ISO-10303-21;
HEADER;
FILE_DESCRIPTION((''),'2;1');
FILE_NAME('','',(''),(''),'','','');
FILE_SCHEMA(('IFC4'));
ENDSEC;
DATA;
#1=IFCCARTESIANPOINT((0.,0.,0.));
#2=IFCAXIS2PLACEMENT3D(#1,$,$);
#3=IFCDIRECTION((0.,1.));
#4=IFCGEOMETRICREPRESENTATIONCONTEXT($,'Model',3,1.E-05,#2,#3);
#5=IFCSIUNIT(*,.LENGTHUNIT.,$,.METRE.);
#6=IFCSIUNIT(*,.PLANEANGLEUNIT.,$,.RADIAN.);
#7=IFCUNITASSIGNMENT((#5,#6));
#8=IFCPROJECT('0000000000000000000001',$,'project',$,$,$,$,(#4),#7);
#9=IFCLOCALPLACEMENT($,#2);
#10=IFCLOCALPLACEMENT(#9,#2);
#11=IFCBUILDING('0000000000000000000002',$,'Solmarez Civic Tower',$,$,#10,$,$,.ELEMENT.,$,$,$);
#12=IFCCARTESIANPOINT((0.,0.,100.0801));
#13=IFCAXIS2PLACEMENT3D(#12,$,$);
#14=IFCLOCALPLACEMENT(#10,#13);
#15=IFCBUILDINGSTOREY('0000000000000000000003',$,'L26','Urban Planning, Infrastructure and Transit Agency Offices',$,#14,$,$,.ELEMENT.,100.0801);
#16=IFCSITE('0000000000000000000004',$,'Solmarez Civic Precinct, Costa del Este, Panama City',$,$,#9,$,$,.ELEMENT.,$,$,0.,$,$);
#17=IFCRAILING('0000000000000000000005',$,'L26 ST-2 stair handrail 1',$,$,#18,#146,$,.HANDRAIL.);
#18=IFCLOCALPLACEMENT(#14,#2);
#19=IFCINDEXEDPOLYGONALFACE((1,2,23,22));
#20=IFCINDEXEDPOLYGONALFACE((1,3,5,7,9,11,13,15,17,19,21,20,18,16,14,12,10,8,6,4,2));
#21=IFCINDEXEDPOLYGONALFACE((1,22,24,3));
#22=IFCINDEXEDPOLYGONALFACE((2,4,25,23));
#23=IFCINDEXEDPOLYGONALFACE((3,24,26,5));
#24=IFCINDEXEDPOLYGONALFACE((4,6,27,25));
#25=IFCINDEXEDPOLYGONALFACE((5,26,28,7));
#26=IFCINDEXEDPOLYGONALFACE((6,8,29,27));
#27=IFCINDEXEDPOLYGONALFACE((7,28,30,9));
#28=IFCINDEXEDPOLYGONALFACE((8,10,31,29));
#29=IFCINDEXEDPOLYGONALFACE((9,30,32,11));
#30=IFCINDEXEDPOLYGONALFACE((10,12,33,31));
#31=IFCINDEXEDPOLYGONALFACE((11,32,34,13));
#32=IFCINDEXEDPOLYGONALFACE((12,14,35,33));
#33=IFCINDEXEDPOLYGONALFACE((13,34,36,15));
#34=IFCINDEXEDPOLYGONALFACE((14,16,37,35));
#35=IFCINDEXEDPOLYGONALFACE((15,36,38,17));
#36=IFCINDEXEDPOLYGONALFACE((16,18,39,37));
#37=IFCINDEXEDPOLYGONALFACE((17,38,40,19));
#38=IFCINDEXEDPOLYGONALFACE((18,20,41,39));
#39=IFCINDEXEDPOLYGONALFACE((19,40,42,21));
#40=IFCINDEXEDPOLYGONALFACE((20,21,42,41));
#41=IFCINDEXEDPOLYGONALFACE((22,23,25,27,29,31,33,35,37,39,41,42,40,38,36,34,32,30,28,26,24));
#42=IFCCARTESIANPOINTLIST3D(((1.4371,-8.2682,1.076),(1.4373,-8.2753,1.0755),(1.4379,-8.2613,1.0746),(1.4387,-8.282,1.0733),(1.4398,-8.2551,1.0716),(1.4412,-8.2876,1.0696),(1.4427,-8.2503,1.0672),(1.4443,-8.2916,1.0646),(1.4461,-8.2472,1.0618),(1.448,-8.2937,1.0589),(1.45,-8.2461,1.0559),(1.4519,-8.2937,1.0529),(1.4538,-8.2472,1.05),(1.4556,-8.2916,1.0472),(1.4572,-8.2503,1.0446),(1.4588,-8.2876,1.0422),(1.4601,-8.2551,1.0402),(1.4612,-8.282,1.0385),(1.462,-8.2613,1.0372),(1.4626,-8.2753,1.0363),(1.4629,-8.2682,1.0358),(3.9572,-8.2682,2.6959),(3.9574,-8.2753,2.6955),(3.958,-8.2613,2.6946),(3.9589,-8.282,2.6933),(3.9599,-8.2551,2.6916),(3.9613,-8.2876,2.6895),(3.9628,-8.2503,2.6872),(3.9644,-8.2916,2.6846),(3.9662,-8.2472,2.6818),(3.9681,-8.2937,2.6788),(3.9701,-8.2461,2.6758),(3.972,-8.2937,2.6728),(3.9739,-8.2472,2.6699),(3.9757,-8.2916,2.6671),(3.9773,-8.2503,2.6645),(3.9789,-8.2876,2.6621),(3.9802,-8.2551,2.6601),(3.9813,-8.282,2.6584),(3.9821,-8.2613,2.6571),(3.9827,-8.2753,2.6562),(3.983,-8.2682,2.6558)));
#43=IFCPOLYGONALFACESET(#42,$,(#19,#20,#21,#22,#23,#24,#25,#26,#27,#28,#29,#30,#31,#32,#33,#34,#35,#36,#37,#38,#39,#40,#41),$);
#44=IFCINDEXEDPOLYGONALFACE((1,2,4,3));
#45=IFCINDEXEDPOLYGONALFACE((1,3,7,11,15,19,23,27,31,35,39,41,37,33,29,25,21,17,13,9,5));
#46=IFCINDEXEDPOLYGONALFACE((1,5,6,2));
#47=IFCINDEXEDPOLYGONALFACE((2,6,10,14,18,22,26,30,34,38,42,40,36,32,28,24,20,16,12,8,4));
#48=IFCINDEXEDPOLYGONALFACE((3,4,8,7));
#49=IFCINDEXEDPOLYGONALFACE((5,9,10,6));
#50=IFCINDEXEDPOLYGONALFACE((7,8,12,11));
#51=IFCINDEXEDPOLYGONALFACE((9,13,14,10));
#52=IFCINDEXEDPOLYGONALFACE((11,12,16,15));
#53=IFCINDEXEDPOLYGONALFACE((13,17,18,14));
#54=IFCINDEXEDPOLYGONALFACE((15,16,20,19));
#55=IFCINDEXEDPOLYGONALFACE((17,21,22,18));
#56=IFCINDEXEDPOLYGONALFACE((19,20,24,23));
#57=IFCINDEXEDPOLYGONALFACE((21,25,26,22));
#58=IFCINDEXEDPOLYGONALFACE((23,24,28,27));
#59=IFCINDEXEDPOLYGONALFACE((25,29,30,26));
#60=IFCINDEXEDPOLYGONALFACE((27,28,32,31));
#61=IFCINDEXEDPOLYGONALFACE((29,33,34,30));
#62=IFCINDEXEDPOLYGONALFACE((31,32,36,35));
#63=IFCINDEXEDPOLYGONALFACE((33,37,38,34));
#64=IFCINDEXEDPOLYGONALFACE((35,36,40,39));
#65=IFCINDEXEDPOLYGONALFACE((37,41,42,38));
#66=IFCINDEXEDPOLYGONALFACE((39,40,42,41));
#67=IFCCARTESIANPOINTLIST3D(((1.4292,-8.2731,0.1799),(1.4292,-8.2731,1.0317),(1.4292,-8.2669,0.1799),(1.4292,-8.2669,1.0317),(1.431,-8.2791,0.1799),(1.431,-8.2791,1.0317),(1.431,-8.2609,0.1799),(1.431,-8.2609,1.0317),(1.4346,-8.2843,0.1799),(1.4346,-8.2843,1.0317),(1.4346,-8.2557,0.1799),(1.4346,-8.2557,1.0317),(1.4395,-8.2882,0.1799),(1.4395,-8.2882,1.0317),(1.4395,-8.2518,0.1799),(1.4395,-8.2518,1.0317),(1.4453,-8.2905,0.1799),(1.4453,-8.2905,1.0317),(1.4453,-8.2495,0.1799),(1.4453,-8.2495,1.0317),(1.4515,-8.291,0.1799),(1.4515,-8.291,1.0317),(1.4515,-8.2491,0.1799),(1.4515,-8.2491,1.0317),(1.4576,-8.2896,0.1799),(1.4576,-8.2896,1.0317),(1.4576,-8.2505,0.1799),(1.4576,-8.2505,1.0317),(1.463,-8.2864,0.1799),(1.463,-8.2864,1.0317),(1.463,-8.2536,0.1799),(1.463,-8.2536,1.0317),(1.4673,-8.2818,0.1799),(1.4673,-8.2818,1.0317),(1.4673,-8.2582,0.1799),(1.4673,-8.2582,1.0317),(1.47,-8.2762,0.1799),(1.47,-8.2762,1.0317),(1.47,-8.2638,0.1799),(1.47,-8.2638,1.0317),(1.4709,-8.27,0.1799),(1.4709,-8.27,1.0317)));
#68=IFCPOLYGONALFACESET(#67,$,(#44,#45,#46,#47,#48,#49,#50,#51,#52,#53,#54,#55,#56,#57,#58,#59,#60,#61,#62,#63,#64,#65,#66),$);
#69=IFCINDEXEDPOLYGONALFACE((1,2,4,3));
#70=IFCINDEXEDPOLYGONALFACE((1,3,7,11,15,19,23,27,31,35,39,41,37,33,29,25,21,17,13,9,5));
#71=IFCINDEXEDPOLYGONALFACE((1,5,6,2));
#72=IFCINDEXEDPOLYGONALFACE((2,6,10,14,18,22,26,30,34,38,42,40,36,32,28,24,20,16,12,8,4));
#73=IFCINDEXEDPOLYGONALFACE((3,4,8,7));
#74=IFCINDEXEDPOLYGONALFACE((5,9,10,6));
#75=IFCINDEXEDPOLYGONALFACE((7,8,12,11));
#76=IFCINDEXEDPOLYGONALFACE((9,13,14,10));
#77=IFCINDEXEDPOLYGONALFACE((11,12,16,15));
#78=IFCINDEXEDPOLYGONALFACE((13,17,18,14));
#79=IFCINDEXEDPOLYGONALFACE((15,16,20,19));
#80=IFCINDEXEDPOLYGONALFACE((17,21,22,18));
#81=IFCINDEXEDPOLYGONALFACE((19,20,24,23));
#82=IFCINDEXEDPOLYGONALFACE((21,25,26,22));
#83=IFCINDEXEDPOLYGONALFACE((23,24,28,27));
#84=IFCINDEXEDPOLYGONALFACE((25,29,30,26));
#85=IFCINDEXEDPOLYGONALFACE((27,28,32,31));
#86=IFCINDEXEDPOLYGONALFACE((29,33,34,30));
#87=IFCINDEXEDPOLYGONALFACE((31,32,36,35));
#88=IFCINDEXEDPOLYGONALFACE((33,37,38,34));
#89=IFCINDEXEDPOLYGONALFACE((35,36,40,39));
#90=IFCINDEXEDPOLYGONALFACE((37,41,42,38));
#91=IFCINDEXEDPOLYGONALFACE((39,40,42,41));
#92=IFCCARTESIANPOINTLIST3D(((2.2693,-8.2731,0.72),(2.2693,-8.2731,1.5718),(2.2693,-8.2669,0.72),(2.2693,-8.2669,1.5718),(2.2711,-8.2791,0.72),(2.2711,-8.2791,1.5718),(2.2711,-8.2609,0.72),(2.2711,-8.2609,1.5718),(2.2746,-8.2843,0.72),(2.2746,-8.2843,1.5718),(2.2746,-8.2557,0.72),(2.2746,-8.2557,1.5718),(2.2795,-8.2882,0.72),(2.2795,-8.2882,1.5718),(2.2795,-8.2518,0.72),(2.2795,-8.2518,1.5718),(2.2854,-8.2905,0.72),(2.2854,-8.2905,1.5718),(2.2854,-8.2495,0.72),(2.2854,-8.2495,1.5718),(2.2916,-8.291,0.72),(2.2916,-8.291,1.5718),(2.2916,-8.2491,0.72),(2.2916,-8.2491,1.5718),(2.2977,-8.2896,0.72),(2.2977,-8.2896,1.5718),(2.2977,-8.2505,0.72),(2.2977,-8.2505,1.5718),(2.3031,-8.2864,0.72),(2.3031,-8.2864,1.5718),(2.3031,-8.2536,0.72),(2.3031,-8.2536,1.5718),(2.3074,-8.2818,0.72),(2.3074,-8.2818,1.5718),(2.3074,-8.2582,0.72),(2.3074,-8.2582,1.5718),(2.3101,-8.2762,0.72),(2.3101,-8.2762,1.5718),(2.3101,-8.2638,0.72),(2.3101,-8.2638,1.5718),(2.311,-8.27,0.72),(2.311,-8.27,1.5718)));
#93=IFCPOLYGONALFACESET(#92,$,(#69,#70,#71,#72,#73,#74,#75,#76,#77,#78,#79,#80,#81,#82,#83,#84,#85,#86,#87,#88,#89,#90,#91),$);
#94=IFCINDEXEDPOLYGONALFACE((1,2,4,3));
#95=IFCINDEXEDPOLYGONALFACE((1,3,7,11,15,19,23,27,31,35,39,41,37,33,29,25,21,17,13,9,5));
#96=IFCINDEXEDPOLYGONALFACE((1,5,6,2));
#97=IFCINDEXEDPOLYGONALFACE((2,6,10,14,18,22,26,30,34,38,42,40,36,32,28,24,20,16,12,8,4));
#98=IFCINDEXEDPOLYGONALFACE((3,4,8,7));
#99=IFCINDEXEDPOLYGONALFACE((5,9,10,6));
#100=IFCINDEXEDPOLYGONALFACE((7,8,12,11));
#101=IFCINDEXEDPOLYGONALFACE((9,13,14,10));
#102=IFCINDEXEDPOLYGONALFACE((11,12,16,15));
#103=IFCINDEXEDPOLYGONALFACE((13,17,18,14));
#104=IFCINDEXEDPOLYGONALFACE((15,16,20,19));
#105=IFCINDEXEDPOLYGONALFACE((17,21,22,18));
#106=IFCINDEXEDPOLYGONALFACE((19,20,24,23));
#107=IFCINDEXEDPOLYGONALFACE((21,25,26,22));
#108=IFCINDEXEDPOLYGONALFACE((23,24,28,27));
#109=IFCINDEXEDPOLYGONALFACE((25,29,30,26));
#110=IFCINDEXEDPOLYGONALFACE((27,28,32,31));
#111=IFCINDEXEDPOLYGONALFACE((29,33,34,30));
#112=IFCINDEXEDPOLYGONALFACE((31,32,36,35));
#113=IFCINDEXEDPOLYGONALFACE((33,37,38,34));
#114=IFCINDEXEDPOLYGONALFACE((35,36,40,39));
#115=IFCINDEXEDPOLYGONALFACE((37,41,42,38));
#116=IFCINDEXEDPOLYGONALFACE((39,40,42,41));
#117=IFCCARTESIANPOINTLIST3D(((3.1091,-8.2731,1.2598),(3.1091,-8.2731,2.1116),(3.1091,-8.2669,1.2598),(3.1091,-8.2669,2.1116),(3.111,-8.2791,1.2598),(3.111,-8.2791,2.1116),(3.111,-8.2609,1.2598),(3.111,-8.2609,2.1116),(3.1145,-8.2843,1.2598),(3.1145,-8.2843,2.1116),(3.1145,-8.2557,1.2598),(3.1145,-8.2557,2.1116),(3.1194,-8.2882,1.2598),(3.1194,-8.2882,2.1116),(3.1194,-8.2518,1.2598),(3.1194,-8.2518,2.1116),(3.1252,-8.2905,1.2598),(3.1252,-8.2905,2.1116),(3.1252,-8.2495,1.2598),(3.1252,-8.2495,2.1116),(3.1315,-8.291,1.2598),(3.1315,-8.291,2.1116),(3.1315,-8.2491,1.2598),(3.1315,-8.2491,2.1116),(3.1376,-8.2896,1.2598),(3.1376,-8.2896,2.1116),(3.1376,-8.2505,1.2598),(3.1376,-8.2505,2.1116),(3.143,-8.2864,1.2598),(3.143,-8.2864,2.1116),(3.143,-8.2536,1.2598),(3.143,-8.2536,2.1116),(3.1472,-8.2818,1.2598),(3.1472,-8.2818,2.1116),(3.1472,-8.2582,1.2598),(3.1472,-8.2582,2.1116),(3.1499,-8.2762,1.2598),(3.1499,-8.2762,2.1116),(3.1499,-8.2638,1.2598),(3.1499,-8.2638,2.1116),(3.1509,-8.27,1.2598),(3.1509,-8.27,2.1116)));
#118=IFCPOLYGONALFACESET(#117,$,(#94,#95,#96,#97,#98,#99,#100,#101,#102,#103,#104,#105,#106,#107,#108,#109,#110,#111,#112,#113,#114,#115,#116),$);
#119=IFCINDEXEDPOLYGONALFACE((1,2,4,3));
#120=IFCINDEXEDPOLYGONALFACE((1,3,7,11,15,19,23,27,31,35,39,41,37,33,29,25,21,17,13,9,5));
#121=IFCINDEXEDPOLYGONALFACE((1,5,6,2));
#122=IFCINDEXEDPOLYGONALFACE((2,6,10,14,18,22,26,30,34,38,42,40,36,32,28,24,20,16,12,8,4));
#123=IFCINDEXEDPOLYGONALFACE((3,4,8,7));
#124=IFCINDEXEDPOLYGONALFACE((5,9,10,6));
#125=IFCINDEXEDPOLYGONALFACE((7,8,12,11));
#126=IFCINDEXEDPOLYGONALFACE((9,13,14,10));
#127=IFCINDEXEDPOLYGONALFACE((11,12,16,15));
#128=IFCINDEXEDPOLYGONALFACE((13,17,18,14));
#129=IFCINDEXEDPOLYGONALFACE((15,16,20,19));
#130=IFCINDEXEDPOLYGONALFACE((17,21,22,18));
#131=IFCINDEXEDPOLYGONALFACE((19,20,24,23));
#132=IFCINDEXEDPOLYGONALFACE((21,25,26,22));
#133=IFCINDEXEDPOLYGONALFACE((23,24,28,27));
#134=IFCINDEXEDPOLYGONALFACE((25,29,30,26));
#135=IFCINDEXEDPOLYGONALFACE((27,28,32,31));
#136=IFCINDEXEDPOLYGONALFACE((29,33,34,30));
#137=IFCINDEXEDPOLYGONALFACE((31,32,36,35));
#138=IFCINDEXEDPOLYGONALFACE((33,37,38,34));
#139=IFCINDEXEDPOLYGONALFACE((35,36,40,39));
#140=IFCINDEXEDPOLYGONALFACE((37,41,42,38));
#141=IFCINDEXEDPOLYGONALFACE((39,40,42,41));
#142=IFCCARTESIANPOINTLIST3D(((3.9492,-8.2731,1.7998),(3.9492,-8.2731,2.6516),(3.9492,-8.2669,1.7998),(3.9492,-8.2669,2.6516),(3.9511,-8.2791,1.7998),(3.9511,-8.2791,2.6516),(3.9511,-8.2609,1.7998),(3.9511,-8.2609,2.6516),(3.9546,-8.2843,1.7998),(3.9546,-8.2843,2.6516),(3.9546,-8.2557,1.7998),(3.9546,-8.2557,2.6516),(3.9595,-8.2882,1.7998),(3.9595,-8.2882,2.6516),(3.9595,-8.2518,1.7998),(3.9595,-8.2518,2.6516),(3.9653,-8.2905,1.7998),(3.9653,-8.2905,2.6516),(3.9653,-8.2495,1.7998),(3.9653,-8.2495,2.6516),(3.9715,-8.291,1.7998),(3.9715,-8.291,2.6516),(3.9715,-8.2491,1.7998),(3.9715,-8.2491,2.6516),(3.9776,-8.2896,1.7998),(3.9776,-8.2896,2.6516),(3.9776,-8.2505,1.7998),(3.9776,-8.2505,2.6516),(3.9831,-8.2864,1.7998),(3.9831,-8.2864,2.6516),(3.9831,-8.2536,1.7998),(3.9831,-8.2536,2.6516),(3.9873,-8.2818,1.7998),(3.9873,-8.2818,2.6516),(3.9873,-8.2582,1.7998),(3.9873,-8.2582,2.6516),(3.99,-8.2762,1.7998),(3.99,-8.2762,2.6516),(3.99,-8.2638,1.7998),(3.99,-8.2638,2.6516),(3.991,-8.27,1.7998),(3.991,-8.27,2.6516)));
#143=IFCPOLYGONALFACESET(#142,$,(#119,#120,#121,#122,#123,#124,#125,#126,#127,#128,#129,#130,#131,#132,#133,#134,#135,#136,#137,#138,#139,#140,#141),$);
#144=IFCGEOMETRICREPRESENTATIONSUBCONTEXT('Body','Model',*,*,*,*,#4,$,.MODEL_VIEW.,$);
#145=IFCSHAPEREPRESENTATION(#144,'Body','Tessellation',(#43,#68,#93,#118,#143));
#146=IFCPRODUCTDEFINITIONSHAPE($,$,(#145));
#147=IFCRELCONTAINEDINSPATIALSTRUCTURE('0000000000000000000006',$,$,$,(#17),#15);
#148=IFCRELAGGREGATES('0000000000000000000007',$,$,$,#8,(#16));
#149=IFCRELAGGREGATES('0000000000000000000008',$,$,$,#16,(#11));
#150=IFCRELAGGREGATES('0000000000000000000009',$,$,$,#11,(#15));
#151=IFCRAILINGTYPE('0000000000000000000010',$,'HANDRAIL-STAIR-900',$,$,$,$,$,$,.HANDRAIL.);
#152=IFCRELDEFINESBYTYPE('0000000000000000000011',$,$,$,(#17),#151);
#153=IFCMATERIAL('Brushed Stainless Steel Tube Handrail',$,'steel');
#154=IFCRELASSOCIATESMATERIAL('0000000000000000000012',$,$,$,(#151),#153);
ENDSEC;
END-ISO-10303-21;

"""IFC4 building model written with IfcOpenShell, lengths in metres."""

from ifc_helpers import new_model, si_unit, direction, frame, origin, origin_2d, place, context, subcontext, project, spatial, circle, extrude, material, type_object, element, save


model = new_model("IFC4")

# Units and contexts
model_context = context("Model", 3, precision=1e-05, world=origin(), true_north=direction((0.0, 1.0)))
body_context = subcontext(model_context, "Body", "Model", "MODEL_VIEW")
ifc_project = project(units=[si_unit("LENGTHUNIT", "METRE"), si_unit("PLANEANGLEUNIT", "RADIAN")], contexts=[model_context])

# Site, building, storey
site_placement = place(None, origin())
site = spatial("IfcSite", under=ifc_project, at=site_placement, Name="Solmarez Civic Precinct, Costa del Este, Panama City", CompositionType="ELEMENT", RefElevation=0.0)
building_placement = place(site_placement, origin())
building = spatial("IfcBuilding", under=site, at=building_placement, Name="Solmarez Civic Tower", CompositionType="ELEMENT")
storey_placement = place(building_placement, frame((0.0, 0.0, 100.0801)))
storey = spatial("IfcBuildingStorey", under=building, at=storey_placement, Name="L26", Description="Urban Planning, Infrastructure and Transit Agency Offices", CompositionType="ELEMENT", Elevation=100.0801)

# Railing
ifc_material_1 = material(Name="Brushed Stainless Steel Tube Handrail", Category="steel")
railing_type_1 = type_object("IfcRailingType", Name="HANDRAIL-STAIR-900", PredefinedType="HANDRAIL", material=ifc_material_1)
railing_1_placement = place(storey_placement, frame((1.45, -8.27, 0.1799)))
element("IfcRailing", 1, at=railing_1_placement, inside=storey, type_object=railing_type_1, Name="L26 ST-2 stair handrail 1", PredefinedType="HANDRAIL", context=body_context, shape_type="SweptSolid", body=[
    extrude(circle(Radius=0.0239, at=origin_2d()), frame((0.0, 0.0, 0.876), z_axis=(0.8412, 0.0, 0.540725), x_axis=(0.0, 1.0, 0.0)), (0.0, 0.0, 1.0), 2.9958),
    extrude(circle(Radius=0.021, at=origin_2d()), origin(), (0.0, 0.0, 1.0), 0.8518),
    extrude(circle(Radius=0.021, at=origin_2d()), frame((0.8401, 0.0, 0.54)), (0.0, 0.0, 1.0), 0.8518),
    extrude(circle(Radius=0.021, at=origin_2d()), frame((1.6799, 0.0, 1.0798)), (0.0, 0.0, 1.0), 0.8518),
    extrude(circle(Radius=0.021, at=origin_2d()), frame((2.52, 0.0, 1.6199)), (0.0, 0.0, 1.0), 0.8518),
])

save(model, "model.ifc")
